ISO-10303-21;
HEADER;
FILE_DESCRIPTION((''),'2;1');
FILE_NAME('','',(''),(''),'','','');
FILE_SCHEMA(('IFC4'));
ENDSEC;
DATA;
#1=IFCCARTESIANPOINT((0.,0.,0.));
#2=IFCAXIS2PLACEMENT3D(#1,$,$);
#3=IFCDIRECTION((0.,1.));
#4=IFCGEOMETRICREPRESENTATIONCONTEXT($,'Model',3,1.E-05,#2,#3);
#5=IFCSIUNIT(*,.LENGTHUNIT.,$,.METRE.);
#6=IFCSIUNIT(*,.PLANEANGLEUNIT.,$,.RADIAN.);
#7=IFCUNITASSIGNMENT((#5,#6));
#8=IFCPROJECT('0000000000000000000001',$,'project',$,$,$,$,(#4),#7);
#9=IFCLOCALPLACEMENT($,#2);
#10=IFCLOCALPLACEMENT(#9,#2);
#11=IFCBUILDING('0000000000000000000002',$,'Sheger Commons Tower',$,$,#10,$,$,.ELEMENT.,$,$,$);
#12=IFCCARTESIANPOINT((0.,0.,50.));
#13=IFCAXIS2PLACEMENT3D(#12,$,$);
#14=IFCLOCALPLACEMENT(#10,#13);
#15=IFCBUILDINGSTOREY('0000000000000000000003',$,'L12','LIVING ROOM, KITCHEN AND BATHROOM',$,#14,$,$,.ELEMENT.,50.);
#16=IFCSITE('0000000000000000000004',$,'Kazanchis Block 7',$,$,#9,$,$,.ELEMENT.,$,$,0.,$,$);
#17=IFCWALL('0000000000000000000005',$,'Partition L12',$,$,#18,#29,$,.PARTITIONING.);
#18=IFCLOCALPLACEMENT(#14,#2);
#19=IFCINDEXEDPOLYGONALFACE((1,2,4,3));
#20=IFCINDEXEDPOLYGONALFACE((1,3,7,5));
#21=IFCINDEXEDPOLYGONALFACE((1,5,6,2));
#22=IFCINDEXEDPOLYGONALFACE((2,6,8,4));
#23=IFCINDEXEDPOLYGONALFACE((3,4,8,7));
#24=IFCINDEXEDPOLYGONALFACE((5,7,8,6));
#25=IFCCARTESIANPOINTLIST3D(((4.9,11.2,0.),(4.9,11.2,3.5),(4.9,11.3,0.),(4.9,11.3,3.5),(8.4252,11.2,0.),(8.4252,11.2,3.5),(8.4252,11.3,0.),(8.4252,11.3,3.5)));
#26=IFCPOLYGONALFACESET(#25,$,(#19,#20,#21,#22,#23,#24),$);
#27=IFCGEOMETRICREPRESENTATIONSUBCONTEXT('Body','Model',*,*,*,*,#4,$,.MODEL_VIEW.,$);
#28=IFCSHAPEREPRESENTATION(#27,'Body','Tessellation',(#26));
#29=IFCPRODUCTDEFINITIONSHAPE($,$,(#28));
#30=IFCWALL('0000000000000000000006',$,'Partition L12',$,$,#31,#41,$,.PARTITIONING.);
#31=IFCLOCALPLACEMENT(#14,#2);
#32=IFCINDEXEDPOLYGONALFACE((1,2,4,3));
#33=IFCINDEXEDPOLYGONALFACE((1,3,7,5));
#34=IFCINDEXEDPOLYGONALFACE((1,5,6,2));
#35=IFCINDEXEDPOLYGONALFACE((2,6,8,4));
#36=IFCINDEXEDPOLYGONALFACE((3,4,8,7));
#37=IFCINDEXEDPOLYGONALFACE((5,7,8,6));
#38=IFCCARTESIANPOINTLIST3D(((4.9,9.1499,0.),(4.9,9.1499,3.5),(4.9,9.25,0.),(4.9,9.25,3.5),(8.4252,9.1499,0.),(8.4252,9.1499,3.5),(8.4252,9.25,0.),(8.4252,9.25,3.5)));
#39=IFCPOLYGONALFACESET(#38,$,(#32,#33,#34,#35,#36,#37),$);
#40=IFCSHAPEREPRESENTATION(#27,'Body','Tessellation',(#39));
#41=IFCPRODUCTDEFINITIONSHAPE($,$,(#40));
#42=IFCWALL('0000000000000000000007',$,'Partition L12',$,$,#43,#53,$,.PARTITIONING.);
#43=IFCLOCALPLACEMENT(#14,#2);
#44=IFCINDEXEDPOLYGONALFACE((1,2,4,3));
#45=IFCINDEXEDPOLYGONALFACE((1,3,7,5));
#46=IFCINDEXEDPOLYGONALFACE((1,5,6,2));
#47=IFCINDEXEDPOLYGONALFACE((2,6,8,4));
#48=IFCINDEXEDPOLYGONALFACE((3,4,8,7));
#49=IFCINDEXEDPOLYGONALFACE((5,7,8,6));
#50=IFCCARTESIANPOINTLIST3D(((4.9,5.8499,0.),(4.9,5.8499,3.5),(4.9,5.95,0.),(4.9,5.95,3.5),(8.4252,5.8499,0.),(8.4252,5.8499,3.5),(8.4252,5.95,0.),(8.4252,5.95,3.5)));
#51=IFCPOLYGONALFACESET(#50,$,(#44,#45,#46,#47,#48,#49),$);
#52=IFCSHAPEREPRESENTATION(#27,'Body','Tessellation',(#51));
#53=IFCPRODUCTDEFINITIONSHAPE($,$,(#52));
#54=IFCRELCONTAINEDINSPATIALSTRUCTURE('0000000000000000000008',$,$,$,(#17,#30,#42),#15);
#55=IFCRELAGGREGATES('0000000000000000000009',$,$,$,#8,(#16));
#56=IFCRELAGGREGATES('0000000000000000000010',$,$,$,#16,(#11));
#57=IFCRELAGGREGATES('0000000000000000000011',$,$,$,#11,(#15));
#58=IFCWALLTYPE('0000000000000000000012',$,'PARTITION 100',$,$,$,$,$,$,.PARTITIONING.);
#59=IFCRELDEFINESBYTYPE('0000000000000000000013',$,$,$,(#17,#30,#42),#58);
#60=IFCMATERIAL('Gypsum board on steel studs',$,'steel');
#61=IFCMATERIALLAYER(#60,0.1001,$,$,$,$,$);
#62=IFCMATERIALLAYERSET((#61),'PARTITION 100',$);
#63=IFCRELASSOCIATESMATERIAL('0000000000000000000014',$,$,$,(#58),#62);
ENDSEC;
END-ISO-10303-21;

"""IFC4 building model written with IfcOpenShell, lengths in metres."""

from ifc_helpers import new_model, si_unit, direction, frame, frame_2d, origin, place, context, subcontext, project, spatial, rectangle, extrude, material, layer, layer_set, type_object, element, save


model = new_model("IFC4")

# Units and contexts
model_context = context("Model", 3, precision=1e-05, world=origin(), true_north=direction((0.0, 1.0)))
body_context = subcontext(model_context, "Body", "Model", "MODEL_VIEW")
ifc_project = project(units=[si_unit("LENGTHUNIT", "METRE"), si_unit("PLANEANGLEUNIT", "RADIAN")], contexts=[model_context])

# Site, building, storey
site_placement = place(None, origin())
site = spatial("IfcSite", under=ifc_project, at=site_placement, Name="Kazanchis Block 7", CompositionType="ELEMENT", RefElevation=0.0)
building_placement = place(site_placement, origin())
building = spatial("IfcBuilding", under=site, at=building_placement, Name="Sheger Commons Tower", CompositionType="ELEMENT")
storey_placement = place(building_placement, frame((0.0, 0.0, 50.0)))
storey = spatial("IfcBuildingStorey", under=building, at=storey_placement, Name="L12", Description="LIVING ROOM, KITCHEN AND BATHROOM", CompositionType="ELEMENT", Elevation=50.0)

# Shared definitions
ifc_material_1 = material(Name="Gypsum board on steel studs", Category="steel")
ifc_layer_1 = layer(ifc_material_1, 0.1001)
ifc_layer_set_1 = layer_set([ifc_layer_1], Name="PARTITION 100")
wall_type_1 = type_object("IfcWallType", Name="PARTITION 100", PredefinedType="PARTITIONING", material=ifc_layer_set_1)

# Walls
for number, where, z_axis, x_axis, name in (
    (1, (4.8999, 11.25, 0.0), (0.0, 0.0, 1.0), (1.0, 0.0, 0.0), "Partition L12"),
    (2, (4.8999, 9.2, 0.0), (0.0, 0.0, 1.0), (1.0, 0.0, 0.0), "Partition L12"),
    (3, (4.8999, 5.8999, 0.0), (0.0, 0.0, 1.0), (1.0, 0.0, 0.0), "Partition L12"),
):
    element("IfcWall", number, at=place(storey_placement, frame(where, z_axis=z_axis, x_axis=x_axis)), inside=storey, type_object=wall_type_1, Name=name, PredefinedType="PARTITIONING", context=body_context, shape_type="SweptSolid", body=[
        extrude(rectangle(XDim=3.5251, YDim=0.1001, at=frame_2d((1.7627, 0.0))), origin(), (0.0, 0.0, 1.0), 3.5),
    ])

save(model, "model.ifc")
